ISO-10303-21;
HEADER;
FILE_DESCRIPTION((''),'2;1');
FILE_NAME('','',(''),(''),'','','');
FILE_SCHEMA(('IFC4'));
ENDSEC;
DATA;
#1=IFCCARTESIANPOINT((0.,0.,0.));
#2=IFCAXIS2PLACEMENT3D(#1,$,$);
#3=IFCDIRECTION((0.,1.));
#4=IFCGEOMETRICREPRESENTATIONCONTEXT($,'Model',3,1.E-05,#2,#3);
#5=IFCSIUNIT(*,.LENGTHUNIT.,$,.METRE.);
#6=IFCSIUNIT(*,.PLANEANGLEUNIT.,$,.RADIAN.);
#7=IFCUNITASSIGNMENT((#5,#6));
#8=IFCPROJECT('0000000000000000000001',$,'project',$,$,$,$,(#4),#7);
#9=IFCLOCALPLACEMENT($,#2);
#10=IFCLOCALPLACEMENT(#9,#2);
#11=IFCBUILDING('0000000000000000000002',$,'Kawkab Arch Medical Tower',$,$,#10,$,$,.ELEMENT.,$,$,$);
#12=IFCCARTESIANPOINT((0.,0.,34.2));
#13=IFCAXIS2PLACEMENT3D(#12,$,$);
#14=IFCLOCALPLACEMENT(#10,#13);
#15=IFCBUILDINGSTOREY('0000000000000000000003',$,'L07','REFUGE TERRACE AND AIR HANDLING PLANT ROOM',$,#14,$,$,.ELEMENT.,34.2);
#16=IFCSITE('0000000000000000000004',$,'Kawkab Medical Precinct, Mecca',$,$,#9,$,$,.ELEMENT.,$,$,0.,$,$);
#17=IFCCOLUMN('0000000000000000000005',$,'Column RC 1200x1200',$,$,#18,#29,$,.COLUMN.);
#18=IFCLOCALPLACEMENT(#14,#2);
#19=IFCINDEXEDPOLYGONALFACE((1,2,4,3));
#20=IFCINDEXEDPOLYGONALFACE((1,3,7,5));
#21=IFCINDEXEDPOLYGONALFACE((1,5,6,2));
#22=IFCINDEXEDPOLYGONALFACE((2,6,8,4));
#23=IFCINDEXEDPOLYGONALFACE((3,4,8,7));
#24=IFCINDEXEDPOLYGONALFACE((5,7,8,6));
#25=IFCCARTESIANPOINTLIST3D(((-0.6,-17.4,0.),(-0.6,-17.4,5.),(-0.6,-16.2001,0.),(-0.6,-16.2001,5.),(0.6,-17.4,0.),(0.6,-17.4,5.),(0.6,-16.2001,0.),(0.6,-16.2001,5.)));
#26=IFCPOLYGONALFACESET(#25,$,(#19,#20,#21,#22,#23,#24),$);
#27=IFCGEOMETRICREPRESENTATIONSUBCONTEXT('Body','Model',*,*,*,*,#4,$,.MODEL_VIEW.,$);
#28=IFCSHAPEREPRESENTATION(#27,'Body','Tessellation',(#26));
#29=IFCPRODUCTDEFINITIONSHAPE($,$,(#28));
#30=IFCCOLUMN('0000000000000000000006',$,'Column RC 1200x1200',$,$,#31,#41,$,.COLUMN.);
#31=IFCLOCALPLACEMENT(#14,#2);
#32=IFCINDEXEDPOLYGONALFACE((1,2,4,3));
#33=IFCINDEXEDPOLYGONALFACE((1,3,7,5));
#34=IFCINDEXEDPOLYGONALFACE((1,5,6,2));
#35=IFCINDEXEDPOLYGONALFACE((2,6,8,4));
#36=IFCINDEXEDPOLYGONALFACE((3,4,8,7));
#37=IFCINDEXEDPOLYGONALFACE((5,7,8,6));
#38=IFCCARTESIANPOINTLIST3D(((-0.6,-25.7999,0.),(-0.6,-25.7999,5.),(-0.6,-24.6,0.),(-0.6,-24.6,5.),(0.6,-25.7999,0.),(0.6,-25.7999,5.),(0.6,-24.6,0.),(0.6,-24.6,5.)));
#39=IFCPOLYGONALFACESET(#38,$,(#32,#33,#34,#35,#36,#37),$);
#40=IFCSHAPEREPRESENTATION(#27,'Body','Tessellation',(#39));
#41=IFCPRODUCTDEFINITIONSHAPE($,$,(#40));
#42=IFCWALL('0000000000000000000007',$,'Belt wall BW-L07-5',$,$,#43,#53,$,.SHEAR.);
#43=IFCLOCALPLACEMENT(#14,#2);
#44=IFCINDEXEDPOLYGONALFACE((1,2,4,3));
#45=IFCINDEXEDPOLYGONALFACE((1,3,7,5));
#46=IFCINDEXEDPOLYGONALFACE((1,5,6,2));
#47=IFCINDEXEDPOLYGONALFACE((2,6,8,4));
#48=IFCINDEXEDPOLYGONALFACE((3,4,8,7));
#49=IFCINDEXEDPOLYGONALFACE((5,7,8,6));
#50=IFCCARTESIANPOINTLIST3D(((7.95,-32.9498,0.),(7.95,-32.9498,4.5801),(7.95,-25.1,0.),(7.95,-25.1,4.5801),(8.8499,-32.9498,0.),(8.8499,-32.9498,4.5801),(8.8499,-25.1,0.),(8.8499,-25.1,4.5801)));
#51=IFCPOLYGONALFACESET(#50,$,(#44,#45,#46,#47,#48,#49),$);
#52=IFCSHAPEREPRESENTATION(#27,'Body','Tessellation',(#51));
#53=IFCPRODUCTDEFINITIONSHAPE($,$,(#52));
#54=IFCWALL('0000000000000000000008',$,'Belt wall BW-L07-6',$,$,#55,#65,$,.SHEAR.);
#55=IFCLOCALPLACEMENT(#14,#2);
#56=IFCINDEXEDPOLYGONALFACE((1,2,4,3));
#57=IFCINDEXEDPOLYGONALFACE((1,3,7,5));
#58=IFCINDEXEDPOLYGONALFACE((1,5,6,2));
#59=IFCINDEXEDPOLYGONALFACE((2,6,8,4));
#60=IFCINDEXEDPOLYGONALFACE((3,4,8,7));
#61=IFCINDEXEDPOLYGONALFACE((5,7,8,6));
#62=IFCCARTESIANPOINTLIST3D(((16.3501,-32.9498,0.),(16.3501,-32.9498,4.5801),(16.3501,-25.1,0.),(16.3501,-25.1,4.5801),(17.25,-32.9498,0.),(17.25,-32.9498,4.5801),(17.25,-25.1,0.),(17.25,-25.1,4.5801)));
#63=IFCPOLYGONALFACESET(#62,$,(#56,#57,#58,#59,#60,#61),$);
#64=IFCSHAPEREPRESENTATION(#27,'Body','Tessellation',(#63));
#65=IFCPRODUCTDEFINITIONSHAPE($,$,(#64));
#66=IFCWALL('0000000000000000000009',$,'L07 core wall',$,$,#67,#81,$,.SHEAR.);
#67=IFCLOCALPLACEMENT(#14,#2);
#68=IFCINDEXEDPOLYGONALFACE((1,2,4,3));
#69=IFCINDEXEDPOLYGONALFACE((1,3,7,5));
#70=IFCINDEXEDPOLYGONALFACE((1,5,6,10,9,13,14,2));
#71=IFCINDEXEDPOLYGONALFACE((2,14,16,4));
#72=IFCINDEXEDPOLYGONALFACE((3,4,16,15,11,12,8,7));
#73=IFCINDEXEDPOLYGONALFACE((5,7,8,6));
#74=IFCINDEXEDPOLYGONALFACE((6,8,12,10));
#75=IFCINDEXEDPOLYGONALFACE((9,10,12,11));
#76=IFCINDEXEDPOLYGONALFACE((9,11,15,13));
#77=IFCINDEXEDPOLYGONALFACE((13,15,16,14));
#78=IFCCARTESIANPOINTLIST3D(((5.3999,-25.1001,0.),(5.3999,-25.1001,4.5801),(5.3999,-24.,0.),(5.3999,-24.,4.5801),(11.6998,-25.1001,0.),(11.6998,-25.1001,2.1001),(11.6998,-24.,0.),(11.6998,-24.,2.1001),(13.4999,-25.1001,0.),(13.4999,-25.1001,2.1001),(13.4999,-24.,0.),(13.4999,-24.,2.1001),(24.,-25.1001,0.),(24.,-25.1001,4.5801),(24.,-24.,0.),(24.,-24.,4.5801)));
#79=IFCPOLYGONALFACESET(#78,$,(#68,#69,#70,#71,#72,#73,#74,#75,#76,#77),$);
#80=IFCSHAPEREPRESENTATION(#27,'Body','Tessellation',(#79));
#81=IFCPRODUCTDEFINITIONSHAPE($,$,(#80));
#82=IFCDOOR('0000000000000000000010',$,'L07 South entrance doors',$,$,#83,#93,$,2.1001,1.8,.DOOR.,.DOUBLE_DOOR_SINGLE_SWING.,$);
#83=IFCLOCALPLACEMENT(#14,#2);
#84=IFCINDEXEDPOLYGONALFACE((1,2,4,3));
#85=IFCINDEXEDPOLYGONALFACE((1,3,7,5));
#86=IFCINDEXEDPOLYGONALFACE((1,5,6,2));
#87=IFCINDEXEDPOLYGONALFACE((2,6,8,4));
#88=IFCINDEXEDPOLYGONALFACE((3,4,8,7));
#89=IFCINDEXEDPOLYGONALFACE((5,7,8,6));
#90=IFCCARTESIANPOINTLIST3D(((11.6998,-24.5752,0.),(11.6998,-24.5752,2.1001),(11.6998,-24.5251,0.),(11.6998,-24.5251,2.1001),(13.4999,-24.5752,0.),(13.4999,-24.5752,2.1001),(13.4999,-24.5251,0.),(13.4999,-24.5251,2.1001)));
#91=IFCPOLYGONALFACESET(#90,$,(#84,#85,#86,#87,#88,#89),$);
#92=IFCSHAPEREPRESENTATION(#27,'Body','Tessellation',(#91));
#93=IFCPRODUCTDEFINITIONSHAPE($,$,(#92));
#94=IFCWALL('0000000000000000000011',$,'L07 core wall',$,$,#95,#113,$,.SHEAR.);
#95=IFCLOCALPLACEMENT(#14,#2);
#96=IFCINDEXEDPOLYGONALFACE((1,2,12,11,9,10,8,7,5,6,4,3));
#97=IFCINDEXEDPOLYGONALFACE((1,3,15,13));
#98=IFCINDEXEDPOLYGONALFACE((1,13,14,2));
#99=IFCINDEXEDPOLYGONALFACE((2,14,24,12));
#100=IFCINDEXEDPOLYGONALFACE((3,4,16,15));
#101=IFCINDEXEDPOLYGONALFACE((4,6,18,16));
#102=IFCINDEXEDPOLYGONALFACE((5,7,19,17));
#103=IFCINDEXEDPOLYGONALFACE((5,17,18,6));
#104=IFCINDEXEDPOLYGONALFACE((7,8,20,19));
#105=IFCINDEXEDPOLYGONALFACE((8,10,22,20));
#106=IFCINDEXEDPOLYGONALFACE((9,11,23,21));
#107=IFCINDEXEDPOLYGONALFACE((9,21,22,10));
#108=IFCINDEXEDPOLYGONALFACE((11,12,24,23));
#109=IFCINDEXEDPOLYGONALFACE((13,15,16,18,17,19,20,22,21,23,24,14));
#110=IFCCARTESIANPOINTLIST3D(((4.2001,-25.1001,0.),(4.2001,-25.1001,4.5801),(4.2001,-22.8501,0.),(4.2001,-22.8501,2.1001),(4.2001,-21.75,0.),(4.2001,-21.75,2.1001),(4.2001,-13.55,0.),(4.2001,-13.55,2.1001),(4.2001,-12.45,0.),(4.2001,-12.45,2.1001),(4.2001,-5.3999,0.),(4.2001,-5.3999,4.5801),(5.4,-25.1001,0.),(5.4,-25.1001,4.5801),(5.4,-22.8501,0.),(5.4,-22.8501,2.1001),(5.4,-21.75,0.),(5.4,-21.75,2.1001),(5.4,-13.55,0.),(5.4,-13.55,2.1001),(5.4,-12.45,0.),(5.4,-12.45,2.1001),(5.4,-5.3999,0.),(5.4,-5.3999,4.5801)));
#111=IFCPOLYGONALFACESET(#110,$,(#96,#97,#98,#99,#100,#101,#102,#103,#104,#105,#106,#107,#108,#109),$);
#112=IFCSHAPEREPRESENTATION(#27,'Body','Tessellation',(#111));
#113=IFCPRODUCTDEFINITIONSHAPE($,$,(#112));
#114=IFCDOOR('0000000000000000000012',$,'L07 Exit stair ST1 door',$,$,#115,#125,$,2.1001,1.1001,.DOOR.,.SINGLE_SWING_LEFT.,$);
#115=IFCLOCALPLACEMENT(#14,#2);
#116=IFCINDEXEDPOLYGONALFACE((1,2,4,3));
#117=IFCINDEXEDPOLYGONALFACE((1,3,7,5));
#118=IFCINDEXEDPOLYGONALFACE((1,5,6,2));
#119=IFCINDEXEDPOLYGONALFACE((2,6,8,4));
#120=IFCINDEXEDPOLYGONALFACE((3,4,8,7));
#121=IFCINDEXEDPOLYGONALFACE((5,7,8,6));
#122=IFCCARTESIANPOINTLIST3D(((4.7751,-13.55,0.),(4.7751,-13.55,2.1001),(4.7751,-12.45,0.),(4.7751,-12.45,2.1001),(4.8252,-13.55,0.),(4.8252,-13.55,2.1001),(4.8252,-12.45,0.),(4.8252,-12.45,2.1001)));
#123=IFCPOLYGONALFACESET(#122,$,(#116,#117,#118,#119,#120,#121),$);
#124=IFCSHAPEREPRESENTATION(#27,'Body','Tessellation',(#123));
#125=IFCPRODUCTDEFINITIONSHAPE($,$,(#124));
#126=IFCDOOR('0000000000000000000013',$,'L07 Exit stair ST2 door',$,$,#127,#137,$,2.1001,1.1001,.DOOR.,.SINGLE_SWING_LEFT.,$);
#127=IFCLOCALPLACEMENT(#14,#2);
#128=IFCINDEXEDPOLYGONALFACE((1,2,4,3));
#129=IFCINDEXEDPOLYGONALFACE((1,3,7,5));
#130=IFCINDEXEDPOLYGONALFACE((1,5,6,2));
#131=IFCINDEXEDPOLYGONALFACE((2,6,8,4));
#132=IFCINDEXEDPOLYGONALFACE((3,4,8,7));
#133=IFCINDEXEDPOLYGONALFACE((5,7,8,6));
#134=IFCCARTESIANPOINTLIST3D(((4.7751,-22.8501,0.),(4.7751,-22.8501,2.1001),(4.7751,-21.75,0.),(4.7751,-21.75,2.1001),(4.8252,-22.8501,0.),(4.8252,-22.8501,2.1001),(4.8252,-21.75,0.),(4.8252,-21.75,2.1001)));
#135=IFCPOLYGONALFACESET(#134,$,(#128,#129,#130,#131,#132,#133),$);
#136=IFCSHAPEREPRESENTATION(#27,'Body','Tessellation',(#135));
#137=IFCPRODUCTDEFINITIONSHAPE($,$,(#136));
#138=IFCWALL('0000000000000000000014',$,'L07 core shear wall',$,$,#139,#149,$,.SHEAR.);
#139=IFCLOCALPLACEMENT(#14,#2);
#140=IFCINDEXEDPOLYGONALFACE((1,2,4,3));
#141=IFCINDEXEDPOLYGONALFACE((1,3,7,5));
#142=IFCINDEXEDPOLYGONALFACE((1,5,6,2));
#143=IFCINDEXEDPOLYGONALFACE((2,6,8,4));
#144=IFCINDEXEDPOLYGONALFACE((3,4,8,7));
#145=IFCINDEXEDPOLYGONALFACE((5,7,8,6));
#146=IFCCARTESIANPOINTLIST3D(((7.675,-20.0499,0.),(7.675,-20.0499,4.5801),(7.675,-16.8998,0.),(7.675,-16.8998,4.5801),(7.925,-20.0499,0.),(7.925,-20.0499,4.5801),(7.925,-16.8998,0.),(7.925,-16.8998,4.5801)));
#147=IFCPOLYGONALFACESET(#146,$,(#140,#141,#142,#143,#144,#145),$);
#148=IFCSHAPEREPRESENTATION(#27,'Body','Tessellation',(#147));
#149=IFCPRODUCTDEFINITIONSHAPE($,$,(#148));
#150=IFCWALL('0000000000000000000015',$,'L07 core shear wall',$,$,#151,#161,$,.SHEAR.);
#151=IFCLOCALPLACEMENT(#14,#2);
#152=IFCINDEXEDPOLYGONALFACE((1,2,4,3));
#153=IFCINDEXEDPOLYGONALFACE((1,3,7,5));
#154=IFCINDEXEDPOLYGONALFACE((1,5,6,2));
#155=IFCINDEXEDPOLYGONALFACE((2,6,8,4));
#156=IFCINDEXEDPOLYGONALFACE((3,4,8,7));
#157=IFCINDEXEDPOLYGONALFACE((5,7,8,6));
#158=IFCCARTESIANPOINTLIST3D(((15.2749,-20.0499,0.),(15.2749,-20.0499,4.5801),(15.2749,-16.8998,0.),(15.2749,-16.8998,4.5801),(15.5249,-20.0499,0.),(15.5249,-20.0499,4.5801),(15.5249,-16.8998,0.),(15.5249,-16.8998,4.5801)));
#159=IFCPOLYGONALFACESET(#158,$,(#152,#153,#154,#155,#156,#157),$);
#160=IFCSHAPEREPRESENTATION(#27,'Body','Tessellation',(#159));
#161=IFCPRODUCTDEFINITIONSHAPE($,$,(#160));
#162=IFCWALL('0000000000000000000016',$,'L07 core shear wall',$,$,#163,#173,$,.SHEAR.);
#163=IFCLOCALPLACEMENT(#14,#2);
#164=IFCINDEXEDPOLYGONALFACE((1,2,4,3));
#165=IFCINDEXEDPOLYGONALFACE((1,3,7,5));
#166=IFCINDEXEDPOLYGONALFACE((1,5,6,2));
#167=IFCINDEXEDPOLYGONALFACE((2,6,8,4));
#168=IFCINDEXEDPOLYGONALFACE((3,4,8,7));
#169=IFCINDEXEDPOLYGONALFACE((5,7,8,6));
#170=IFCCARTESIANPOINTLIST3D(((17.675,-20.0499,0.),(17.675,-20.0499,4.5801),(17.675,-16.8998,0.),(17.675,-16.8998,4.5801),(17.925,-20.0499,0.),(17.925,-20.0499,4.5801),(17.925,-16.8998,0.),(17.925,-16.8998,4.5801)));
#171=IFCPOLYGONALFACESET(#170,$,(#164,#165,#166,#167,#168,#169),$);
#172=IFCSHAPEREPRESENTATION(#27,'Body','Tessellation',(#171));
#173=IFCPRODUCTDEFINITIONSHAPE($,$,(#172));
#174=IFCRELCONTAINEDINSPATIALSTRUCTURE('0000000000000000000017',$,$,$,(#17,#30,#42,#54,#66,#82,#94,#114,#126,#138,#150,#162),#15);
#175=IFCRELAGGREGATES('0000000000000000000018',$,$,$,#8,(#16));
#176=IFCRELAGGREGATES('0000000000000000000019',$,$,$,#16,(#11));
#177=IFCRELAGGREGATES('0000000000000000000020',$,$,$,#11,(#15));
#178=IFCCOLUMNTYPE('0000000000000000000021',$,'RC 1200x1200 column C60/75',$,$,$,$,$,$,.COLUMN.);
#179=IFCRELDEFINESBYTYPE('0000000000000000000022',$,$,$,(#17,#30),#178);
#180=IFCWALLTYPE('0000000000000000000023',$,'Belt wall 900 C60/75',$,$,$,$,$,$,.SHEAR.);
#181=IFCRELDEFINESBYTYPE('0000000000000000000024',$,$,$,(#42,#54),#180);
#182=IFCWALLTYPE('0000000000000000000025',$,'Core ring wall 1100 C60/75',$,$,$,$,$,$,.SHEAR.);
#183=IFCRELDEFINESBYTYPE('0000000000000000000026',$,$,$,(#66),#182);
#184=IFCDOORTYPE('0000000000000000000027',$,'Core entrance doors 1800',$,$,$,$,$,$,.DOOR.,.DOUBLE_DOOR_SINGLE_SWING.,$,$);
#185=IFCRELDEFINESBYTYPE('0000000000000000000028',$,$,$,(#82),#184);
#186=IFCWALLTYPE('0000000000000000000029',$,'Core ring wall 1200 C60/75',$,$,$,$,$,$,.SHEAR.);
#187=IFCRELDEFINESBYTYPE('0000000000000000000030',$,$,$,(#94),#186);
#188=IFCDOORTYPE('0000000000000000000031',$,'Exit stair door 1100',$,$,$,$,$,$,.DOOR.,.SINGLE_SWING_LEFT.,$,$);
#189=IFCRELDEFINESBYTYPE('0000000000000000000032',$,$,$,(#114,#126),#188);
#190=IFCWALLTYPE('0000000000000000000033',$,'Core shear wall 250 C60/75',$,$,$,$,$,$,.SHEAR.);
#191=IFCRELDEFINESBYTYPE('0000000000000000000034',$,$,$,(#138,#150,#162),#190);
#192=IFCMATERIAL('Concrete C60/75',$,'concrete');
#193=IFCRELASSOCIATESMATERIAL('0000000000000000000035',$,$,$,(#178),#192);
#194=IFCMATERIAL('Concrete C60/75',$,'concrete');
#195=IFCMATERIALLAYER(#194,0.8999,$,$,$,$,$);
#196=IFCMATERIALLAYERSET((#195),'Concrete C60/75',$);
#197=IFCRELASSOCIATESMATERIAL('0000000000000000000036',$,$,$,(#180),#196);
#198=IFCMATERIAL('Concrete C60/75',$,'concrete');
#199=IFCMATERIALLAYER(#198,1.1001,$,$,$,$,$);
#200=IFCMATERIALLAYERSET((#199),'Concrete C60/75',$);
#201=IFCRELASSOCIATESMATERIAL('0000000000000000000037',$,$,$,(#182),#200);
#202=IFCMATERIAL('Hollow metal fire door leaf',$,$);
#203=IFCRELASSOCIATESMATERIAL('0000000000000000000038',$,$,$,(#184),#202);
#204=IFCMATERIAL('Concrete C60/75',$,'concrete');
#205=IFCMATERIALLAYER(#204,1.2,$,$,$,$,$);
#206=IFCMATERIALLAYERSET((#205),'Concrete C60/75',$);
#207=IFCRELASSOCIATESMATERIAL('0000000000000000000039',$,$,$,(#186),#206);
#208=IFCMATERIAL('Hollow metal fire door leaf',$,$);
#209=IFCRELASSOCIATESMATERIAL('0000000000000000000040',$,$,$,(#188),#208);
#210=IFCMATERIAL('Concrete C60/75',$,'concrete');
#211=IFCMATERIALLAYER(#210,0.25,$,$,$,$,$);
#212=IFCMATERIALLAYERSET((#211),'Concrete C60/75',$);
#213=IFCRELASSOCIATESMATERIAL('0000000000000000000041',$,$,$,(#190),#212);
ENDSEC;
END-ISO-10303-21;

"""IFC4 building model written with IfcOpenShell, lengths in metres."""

from ifc_helpers import new_model, si_unit, direction, frame, frame_2d, origin, origin_2d, place, context, subcontext, project, spatial, rectangle, extrude, material, layer, layer_set, material_profile, profile_set, type_object, element, fill, save


model = new_model("IFC4")

# Units and contexts
model_context = context("Model", 3, precision=1e-05, world=origin(), true_north=direction((0.0, 1.0)))
body_context = subcontext(model_context, "Body", "Model", "MODEL_VIEW")
ifc_project = project(units=[si_unit("LENGTHUNIT", "METRE"), si_unit("PLANEANGLEUNIT", "RADIAN")], contexts=[model_context])

# Site, building, storey
site_placement = place(None, origin())
site = spatial("IfcSite", under=ifc_project, at=site_placement, Name="Kawkab Medical Precinct, Mecca", CompositionType="ELEMENT", RefElevation=0.0)
building_placement = place(site_placement, origin())
building = spatial("IfcBuilding", under=site, at=building_placement, Name="Kawkab Arch Medical Tower", CompositionType="ELEMENT")
storey_placement = place(building_placement, frame((0.0, 0.0, 34.2)))
storey = spatial("IfcBuildingStorey", under=building, at=storey_placement, Name="L07", Description="REFUGE TERRACE AND AIR HANDLING PLANT ROOM", CompositionType="ELEMENT", Elevation=34.2)

# Columns
ifc_material_1 = material(Name="Concrete C60/75", Category="concrete")
ifc_material_profile = material_profile(ifc_material_1, rectangle(XDim=1.2, YDim=1.2, at=origin_2d()), Name="RC 1200x1200")
ifc_profile_set = profile_set([ifc_material_profile], Name="Concrete C60/75")
column_type = type_object("IfcColumnType", Name="RC 1200x1200 column C60/75", PredefinedType="COLUMN", material=ifc_profile_set)
for number, where, z_axis, x_axis, name in (
    (1, (0.0, -16.8, 0.0), (0.0, 0.0, 1.0), (1.0, 0.0, 0.0), "Column RC 1200x1200"),
    (2, (0.0, -25.2, 0.0), (0.0, 0.0, 1.0), (1.0, 0.0, 0.0), "Column RC 1200x1200"),
):
    element("IfcColumn", number, at=place(storey_placement, frame(where, z_axis=z_axis, x_axis=x_axis)), inside=storey, type_object=column_type, Name=name, PredefinedType="COLUMN", context=body_context, shape_type="SweptSolid", body=[
        extrude(rectangle(XDim=1.2, YDim=1.2, at=origin_2d()), origin(), (0.0, 0.0, 1.0), 5.0),
    ])

# Walls
ifc_material_2 = material(Name="Concrete C60/75", Category="concrete")
ifc_layer_1 = layer(ifc_material_2, 0.8999)
ifc_layer_set_1 = layer_set([ifc_layer_1], Name="Concrete C60/75")
wall_type_1 = type_object("IfcWallType", Name="Belt wall 900 C60/75", PredefinedType="SHEAR", material=ifc_layer_set_1)
for number, where, z_axis, x_axis, name in (
    (3, (8.3999, -25.1001, 0.0), (0.0, 0.0, 1.0), (0.0, -1.0, 0.0), "Belt wall BW-L07-5"),
    (4, (16.8, -25.1001, 0.0), (0.0, 0.0, 1.0), (0.0, -1.0, 0.0), "Belt wall BW-L07-6"),
):
    element("IfcWall", number, at=place(storey_placement, frame(where, z_axis=z_axis, x_axis=x_axis)), inside=storey, type_object=wall_type_1, Name=name, PredefinedType="SHEAR", context=body_context, shape_type="SweptSolid", body=[
        extrude(rectangle(XDim=7.8499, YDim=0.8999, at=frame_2d((3.9248, 0.0))), origin(), (0.0, 0.0, 1.0), 4.5801),
    ])

# Wall, opening, door
ifc_material_3 = material(Name="Concrete C60/75", Category="concrete")
ifc_layer_2 = layer(ifc_material_3, 1.1001)
ifc_layer_set_2 = layer_set([ifc_layer_2], Name="Concrete C60/75")
wall_type_2 = type_object("IfcWallType", Name="Core ring wall 1100 C60/75", PredefinedType="SHEAR", material=ifc_layer_set_2)
wall_1_placement = place(storey_placement, frame((5.3999, -24.55, 0.0), z_axis=(0.0, 0.0, 1.0), x_axis=(1.0, 0.0, 0.0)))
wall_1 = element("IfcWall", 5, at=wall_1_placement, inside=storey, type_object=wall_type_2, Name="L07 core wall", PredefinedType="SHEAR", context=body_context, shape_type="SweptSolid", body=[
    extrude(rectangle(XDim=18.6001, YDim=1.1001, at=frame_2d((9.3, 0.0))), origin(), (0.0, 0.0, 1.0), 4.5801),
])
opening_1_placement = place(wall_1_placement, frame((6.3, 0.0, 0.0)))
opening_1 = element("IfcOpeningElement", 6, at=opening_1_placement, cuts=wall_1, PredefinedType="OPENING", context=body_context, shape_type="SweptSolid", body=[
    extrude(rectangle(XDim=1.8, YDim=2.1001, at=frame_2d((0.8999, 1.05))), frame((0.0, 0.5601, 0.0), z_axis=(0.0, -1.0, 0.0), x_axis=(1.0, 0.0, 0.0)), (0.0, 0.0, 1.0), 1.1201),
])
ifc_material_4 = material(Name="Hollow metal fire door leaf")
door_type_1 = type_object("IfcDoorType", Name="Core entrance doors 1800", OperationType="DOUBLE_DOOR_SINGLE_SWING", PredefinedType="DOOR", material=ifc_material_4)
door_1_placement = place(opening_1_placement, origin())
door_1 = element("IfcDoor", 7, at=door_1_placement, inside=storey, type_object=door_type_1, Name="L07 South entrance doors", OperationType="DOUBLE_DOOR_SINGLE_SWING", OverallHeight=2.1001, OverallWidth=1.8, PredefinedType="DOOR", context=body_context, shape_type="SweptSolid", body=[
    extrude(rectangle(XDim=1.8, YDim=2.1001, at=frame_2d((0.8999, 1.05))), frame((0.0, 0.0249, 0.0), z_axis=(0.0, -1.0, 0.0), x_axis=(1.0, 0.0, 0.0)), (0.0, 0.0, 1.0), 0.05),
])
fill(opening_1, door_1)

# Wall, openings, doors
ifc_material_5 = material(Name="Concrete C60/75", Category="concrete")
ifc_layer_3 = layer(ifc_material_5, 1.2)
ifc_layer_set_3 = layer_set([ifc_layer_3], Name="Concrete C60/75")
wall_type_3 = type_object("IfcWallType", Name="Core ring wall 1200 C60/75", PredefinedType="SHEAR", material=ifc_layer_set_3)
wall_2_placement = place(storey_placement, frame((4.8, -25.1001, 0.0), z_axis=(0.0, 0.0, 1.0), x_axis=(0.0, 1.0, 0.0)))
wall_2 = element("IfcWall", 8, at=wall_2_placement, inside=storey, type_object=wall_type_3, Name="L07 core wall", PredefinedType="SHEAR", context=body_context, shape_type="SweptSolid", body=[
    extrude(rectangle(XDim=19.7002, YDim=1.2, at=frame_2d((9.8501, 0.0))), origin(), (0.0, 0.0, 1.0), 4.5801),
])
opening_2_placement = place(wall_2_placement, frame((11.55, 0.0, 0.0)))
opening_2 = element("IfcOpeningElement", 9, at=opening_2_placement, cuts=wall_2, PredefinedType="OPENING", context=body_context, shape_type="SweptSolid", body=[
    extrude(rectangle(XDim=1.1001, YDim=2.1001, at=frame_2d((0.55, 1.05))), frame((0.0, 0.6099, 0.0), z_axis=(0.0, -1.0, 0.0), x_axis=(1.0, 0.0, 0.0)), (0.0, 0.0, 1.0), 1.22),
])
opening_3_placement = place(wall_2_placement, frame((2.25, 0.0, 0.0)))
opening_3 = element("IfcOpeningElement", 10, at=opening_3_placement, cuts=wall_2, PredefinedType="OPENING", context=body_context, shape_type="SweptSolid", body=[
    extrude(rectangle(XDim=1.1001, YDim=2.1001, at=frame_2d((0.55, 1.05))), frame((0.0, 0.6099, 0.0), z_axis=(0.0, -1.0, 0.0), x_axis=(1.0, 0.0, 0.0)), (0.0, 0.0, 1.0), 1.22),
])
ifc_material_6 = material(Name="Hollow metal fire door leaf")
door_type_2 = type_object("IfcDoorType", Name="Exit stair door 1100", OperationType="SINGLE_SWING_LEFT", PredefinedType="DOOR", material=ifc_material_6)
door_2_placement = place(opening_2_placement, origin())
door_2 = element("IfcDoor", 11, at=door_2_placement, inside=storey, type_object=door_type_2, Name="L07 Exit stair ST1 door", OperationType="SINGLE_SWING_LEFT", OverallHeight=2.1001, OverallWidth=1.1001, PredefinedType="DOOR", context=body_context, shape_type="SweptSolid", body=[
    extrude(rectangle(XDim=1.1001, YDim=2.1001, at=frame_2d((0.55, 1.05))), frame((0.0, 0.0249, 0.0), z_axis=(0.0, -1.0, 0.0), x_axis=(1.0, 0.0, 0.0)), (0.0, 0.0, 1.0), 0.05),
])
fill(opening_2, door_2)
door_3_placement = place(opening_3_placement, origin())
door_3 = element("IfcDoor", 12, at=door_3_placement, inside=storey, type_object=door_type_2, Name="L07 Exit stair ST2 door", OperationType="SINGLE_SWING_LEFT", OverallHeight=2.1001, OverallWidth=1.1001, PredefinedType="DOOR", context=body_context, shape_type="SweptSolid", body=[
    extrude(rectangle(XDim=1.1001, YDim=2.1001, at=frame_2d((0.55, 1.05))), frame((0.0, 0.0249, 0.0), z_axis=(0.0, -1.0, 0.0), x_axis=(1.0, 0.0, 0.0)), (0.0, 0.0, 1.0), 0.05),
])
fill(opening_3, door_3)

# Walls
ifc_material_7 = material(Name="Concrete C60/75", Category="concrete")
ifc_layer_4 = layer(ifc_material_7, 0.25)
ifc_layer_set_4 = layer_set([ifc_layer_4], Name="Concrete C60/75")
wall_type_4 = type_object("IfcWallType", Name="Core shear wall 250 C60/75", PredefinedType="SHEAR", material=ifc_layer_set_4)
for number, where, z_axis, x_axis, name in (
    (13, (7.8, -20.05, 0.0), (0.0, 0.0, 1.0), (0.0, 1.0, 0.0), "L07 core shear wall"),
    (14, (15.3999, -20.05, 0.0), (0.0, 0.0, 1.0), (0.0, 1.0, 0.0), "L07 core shear wall"),
    (15, (17.8, -20.05, 0.0), (0.0, 0.0, 1.0), (0.0, 1.0, 0.0), "L07 core shear wall"),
):
    element("IfcWall", number, at=place(storey_placement, frame(where, z_axis=z_axis, x_axis=x_axis)), inside=storey, type_object=wall_type_4, Name=name, PredefinedType="SHEAR", context=body_context, shape_type="SweptSolid", body=[
        extrude(rectangle(XDim=3.1501, YDim=0.25, at=frame_2d((1.5752, 0.0))), origin(), (0.0, 0.0, 1.0), 4.5801),
    ])

save(model, "model.ifc")
